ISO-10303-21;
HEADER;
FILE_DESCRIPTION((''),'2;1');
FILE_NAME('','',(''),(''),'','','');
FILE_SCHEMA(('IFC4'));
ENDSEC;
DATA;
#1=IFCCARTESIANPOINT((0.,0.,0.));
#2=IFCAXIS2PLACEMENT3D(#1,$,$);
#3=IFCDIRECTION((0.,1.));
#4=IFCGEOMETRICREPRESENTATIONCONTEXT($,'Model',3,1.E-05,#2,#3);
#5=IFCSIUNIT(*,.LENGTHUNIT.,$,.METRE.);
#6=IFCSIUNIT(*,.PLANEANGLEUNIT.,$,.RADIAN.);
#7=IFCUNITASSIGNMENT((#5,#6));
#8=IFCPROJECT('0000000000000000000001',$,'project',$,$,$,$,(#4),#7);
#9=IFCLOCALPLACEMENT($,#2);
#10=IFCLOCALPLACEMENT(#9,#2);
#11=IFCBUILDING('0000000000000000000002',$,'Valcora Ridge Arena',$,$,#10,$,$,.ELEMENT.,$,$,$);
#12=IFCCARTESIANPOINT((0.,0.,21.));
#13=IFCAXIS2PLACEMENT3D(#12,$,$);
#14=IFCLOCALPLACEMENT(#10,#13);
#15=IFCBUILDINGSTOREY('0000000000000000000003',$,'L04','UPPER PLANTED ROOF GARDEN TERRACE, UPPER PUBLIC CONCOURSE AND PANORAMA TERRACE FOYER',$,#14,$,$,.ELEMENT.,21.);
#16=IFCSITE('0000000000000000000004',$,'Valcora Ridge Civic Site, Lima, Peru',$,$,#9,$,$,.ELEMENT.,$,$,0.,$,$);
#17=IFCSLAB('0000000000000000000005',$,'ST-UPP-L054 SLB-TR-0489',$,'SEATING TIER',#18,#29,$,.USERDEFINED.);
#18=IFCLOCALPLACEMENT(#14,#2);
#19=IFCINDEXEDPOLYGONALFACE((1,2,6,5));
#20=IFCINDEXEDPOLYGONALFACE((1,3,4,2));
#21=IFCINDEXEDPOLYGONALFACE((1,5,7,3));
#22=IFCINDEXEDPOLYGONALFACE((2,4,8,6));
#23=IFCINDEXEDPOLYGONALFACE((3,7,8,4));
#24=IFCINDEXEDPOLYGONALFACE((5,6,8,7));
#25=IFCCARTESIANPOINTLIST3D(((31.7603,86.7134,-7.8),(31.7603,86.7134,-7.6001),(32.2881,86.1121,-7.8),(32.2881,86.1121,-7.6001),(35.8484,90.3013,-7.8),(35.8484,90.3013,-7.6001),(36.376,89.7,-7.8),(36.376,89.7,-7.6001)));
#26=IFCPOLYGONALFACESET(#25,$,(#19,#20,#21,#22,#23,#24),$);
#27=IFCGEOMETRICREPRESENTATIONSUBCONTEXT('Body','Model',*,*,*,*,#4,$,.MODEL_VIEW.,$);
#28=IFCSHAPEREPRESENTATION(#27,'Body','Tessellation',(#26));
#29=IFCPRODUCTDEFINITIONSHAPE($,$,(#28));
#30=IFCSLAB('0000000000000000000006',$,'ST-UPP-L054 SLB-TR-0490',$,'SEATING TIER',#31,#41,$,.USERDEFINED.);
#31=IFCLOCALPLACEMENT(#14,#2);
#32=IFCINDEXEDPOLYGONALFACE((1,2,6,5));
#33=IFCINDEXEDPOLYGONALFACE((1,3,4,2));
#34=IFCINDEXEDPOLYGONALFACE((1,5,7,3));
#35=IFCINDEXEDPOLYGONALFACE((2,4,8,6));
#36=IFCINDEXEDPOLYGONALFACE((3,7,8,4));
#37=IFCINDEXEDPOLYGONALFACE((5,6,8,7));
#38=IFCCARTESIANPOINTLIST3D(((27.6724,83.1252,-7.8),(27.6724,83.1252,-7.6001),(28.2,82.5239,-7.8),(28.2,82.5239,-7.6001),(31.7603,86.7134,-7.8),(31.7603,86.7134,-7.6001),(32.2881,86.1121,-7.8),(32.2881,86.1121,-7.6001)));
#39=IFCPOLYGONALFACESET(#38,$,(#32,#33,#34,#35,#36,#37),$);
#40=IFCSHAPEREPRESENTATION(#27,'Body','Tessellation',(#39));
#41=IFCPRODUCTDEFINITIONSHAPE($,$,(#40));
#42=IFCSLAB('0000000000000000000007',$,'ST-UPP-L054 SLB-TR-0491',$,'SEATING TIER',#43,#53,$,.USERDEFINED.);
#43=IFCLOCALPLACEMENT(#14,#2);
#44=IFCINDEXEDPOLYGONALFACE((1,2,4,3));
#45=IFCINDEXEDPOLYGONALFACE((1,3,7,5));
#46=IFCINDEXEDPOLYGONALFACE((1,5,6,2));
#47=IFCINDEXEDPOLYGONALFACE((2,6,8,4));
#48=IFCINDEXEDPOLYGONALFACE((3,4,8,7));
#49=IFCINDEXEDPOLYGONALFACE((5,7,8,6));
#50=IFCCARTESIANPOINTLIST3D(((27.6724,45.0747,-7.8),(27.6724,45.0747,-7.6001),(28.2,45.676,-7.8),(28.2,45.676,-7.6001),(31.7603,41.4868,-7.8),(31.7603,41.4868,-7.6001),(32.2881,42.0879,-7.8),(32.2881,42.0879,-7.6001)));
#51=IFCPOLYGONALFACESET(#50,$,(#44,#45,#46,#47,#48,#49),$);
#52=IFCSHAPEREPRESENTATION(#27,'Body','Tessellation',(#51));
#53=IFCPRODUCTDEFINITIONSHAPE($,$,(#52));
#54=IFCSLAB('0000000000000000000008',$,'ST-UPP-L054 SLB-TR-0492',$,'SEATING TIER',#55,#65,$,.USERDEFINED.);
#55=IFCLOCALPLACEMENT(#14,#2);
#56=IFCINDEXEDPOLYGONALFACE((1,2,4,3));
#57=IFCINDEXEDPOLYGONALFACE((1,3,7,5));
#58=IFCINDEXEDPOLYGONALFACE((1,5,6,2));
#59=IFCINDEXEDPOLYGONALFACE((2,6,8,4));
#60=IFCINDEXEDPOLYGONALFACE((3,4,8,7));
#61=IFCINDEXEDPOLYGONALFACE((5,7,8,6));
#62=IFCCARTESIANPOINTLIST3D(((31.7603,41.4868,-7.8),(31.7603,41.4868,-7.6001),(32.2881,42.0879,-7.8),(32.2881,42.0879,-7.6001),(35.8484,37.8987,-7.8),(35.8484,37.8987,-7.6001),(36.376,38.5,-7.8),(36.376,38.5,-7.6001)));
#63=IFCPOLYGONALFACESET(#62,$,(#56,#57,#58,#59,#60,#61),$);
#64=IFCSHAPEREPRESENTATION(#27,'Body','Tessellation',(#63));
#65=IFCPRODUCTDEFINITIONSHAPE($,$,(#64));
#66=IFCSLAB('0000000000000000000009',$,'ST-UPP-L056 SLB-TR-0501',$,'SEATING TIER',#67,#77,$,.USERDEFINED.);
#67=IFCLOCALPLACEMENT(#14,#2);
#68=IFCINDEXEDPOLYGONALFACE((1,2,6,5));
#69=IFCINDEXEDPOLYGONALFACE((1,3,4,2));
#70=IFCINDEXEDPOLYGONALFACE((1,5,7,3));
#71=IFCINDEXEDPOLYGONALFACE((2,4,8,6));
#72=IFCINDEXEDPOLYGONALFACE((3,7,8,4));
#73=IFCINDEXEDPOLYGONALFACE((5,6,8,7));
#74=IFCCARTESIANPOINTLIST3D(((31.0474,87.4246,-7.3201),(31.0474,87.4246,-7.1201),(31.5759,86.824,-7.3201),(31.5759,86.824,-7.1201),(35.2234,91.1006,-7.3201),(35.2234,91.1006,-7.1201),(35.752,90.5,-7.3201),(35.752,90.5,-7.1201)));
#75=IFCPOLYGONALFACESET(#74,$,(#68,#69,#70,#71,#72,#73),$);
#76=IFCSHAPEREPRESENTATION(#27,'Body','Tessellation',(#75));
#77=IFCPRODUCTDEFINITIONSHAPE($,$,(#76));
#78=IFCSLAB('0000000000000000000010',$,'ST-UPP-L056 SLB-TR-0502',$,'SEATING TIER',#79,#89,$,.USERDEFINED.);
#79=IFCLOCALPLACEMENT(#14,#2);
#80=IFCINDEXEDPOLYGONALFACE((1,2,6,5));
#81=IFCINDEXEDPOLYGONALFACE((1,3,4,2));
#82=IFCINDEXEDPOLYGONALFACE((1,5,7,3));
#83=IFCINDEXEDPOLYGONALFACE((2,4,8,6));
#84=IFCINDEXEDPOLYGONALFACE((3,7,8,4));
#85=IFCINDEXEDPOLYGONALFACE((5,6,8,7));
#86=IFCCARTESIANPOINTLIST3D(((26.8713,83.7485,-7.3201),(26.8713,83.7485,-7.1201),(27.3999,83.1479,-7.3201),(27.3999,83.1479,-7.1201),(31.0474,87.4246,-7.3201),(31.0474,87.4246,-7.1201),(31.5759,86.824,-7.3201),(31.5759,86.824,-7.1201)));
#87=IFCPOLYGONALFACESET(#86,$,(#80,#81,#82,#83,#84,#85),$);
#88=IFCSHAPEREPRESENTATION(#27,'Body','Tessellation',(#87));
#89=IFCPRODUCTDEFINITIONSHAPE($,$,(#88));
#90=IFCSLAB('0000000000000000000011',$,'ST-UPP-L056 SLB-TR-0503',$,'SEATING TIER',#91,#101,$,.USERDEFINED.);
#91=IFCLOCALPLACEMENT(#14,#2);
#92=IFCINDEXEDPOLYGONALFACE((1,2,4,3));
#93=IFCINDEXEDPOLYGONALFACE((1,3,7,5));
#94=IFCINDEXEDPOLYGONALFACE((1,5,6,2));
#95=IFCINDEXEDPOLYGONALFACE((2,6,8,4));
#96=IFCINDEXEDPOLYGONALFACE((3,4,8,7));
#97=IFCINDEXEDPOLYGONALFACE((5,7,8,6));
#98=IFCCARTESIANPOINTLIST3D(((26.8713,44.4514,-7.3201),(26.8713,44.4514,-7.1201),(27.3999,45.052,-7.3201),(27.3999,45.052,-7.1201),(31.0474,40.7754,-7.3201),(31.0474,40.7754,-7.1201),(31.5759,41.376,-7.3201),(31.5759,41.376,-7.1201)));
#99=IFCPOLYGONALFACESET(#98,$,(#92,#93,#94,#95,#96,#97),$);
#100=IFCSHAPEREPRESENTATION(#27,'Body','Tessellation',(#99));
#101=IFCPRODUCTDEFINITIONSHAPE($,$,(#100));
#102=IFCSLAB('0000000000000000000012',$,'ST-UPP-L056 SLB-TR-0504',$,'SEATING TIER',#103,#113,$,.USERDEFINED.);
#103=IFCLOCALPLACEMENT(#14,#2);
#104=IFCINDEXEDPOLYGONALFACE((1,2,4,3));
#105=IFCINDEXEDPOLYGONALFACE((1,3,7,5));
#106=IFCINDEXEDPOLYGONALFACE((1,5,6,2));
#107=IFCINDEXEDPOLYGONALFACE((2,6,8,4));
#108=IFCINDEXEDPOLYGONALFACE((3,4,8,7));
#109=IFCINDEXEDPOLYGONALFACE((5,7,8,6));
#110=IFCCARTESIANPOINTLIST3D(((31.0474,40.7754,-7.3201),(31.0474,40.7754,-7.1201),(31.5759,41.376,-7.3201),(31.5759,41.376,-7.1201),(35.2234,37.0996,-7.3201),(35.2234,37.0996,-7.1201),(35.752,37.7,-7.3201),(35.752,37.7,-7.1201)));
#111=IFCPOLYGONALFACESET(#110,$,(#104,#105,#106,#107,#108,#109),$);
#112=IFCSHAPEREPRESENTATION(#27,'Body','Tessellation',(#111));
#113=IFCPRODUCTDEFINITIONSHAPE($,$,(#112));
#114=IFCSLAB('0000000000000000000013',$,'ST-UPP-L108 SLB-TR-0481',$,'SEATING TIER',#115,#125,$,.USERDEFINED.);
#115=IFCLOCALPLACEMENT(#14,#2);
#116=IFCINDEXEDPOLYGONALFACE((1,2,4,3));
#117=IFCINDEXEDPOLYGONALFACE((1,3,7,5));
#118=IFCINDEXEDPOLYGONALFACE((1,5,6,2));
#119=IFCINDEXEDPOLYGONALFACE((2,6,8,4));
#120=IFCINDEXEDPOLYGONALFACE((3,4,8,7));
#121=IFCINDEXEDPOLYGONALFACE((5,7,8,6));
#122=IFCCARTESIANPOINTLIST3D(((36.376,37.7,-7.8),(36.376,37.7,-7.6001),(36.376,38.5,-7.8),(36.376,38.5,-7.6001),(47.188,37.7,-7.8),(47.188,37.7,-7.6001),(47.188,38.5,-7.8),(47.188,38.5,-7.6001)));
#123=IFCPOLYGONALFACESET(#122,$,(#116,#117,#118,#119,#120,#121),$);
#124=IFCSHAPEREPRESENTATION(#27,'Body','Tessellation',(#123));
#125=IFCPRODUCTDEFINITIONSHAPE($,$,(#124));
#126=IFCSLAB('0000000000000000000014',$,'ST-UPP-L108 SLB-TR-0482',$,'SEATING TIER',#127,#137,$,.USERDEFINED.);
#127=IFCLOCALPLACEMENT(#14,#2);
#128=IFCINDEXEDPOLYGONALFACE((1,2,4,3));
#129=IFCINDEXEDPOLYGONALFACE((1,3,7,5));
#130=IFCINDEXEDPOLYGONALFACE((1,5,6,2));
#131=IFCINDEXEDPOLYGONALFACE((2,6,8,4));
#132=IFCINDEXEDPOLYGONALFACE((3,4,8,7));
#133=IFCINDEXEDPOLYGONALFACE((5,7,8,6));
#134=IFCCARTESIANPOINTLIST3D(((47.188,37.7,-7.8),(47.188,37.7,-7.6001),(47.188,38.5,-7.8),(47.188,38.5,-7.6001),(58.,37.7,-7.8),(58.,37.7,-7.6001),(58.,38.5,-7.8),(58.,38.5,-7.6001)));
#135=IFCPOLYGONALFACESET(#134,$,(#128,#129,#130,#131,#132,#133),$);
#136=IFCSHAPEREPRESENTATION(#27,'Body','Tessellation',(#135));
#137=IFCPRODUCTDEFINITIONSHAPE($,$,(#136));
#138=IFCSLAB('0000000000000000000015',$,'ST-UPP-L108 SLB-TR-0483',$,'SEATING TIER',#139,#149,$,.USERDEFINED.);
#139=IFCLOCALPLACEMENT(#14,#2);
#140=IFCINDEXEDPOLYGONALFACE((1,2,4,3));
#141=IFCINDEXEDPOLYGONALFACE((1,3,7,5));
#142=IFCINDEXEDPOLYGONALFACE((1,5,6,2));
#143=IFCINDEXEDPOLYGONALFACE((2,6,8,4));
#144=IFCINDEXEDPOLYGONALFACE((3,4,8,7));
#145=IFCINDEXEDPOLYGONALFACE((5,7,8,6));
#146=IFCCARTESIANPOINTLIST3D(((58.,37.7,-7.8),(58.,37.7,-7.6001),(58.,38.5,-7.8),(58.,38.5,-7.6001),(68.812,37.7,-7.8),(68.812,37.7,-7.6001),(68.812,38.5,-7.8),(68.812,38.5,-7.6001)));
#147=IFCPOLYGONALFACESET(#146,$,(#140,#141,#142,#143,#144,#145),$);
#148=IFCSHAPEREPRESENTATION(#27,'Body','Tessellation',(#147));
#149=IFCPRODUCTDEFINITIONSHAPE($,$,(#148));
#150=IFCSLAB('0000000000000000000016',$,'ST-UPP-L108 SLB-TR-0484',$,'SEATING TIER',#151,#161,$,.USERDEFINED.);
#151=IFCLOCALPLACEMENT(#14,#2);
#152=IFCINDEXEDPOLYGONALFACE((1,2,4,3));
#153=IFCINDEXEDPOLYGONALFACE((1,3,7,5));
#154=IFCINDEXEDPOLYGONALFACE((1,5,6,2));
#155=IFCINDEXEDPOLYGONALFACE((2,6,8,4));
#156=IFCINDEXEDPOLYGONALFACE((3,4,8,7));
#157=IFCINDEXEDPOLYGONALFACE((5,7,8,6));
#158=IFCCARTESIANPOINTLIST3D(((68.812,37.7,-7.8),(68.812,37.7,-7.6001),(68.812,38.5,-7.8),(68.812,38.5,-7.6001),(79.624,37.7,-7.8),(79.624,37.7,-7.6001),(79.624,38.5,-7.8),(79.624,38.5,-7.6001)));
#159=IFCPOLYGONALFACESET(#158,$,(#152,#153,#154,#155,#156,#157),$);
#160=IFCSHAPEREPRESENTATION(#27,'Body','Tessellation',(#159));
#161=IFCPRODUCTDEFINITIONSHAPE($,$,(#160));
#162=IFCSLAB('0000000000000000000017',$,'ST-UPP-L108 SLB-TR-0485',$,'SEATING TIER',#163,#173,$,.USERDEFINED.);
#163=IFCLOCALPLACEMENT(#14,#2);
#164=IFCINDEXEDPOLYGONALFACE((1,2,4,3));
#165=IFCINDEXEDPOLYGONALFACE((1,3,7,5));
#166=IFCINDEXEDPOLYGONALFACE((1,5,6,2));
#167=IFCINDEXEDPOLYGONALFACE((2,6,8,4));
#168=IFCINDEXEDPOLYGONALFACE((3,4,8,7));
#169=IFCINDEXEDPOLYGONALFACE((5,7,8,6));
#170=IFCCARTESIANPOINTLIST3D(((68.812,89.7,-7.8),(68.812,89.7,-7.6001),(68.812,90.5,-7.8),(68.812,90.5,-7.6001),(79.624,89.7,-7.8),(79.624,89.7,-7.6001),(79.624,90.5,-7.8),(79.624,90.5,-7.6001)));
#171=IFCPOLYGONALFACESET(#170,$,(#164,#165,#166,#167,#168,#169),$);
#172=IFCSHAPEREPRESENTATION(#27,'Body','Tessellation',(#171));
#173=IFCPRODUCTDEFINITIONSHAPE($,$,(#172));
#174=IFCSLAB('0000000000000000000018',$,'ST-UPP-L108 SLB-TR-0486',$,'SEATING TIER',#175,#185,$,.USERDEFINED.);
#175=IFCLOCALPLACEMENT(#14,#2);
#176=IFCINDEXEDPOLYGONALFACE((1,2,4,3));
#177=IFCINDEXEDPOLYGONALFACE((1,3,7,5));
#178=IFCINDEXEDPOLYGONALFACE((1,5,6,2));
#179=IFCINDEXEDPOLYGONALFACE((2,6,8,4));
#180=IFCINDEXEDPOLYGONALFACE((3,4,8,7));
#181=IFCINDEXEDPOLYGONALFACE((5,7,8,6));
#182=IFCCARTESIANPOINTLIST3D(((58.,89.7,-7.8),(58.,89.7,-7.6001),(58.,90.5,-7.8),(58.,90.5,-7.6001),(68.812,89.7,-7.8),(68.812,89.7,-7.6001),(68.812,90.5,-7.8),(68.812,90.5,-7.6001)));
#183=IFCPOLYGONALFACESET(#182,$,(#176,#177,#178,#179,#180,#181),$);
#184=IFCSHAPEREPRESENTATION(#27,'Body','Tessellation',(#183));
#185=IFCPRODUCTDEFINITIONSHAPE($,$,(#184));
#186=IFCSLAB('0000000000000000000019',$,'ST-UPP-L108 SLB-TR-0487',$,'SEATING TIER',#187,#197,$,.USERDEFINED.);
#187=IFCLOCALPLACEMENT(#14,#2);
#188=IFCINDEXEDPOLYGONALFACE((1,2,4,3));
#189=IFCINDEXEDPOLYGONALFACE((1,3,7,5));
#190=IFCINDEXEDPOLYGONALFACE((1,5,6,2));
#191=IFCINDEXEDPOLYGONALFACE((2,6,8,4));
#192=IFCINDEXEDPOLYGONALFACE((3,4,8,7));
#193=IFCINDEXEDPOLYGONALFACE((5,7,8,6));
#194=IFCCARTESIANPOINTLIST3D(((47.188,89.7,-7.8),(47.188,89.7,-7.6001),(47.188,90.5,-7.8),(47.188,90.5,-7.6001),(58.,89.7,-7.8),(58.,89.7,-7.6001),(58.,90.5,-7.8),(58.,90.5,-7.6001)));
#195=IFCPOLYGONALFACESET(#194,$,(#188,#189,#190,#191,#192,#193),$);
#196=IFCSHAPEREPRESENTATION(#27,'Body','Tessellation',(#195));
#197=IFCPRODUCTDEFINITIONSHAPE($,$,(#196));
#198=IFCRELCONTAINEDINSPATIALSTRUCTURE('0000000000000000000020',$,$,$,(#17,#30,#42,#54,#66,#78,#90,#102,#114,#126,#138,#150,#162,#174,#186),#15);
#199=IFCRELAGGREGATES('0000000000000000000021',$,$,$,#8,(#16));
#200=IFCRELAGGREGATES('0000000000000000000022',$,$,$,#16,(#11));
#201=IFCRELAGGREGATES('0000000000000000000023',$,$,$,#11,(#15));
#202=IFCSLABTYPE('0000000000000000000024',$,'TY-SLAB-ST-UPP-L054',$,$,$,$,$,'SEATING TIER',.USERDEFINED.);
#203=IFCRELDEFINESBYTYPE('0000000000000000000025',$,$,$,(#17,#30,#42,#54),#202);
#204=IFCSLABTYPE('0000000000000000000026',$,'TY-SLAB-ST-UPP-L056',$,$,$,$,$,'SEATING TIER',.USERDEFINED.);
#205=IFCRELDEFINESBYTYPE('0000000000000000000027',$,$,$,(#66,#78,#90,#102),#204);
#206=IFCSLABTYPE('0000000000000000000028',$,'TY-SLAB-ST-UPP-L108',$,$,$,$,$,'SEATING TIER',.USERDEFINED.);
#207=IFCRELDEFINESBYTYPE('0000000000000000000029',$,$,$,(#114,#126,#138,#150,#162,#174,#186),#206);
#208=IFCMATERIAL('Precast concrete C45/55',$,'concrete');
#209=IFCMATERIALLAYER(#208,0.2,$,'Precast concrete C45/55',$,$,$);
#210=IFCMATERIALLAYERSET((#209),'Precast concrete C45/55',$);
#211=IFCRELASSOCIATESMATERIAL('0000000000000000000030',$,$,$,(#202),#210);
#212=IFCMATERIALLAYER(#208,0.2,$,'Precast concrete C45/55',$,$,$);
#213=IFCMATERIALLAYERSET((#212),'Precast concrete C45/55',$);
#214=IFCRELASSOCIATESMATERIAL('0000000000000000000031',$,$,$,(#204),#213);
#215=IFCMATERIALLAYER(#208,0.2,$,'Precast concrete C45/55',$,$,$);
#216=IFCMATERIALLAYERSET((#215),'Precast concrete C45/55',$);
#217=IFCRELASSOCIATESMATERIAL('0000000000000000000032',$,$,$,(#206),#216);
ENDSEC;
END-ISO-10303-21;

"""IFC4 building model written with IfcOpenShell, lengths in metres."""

from ifc_helpers import new_model, si_unit, direction, frame, origin, place, context, subcontext, project, spatial, polyline, outline, extrude, material, layer, layer_set, type_object, element, save


model = new_model("IFC4")

# Units and contexts
model_context = context("Model", 3, precision=1e-05, world=origin(), true_north=direction((0.0, 1.0)))
body_context = subcontext(model_context, "Body", "Model", "MODEL_VIEW")
ifc_project = project(units=[si_unit("LENGTHUNIT", "METRE"), si_unit("PLANEANGLEUNIT", "RADIAN")], contexts=[model_context])

# Site, building, storey
site_placement = place(None, origin())
site = spatial("IfcSite", under=ifc_project, at=site_placement, Name="Valcora Ridge Civic Site, Lima, Peru", CompositionType="ELEMENT", RefElevation=0.0)
building_placement = place(site_placement, origin())
building = spatial("IfcBuilding", under=site, at=building_placement, Name="Valcora Ridge Arena", CompositionType="ELEMENT")
storey_placement = place(building_placement, frame((0.0, 0.0, 21.0)))
storey = spatial("IfcBuildingStorey", under=building, at=storey_placement, Name="L04", Description="UPPER PLANTED ROOF GARDEN TERRACE, UPPER PUBLIC CONCOURSE AND PANORAMA TERRACE FOYER", CompositionType="ELEMENT", Elevation=21.0)

# Slabs
ifc_material = material(Name="Precast concrete C45/55", Category="concrete")
ifc_layer_1 = layer(ifc_material, 0.2, Name="Precast concrete C45/55")
ifc_layer_set_1 = layer_set([ifc_layer_1], Name="Precast concrete C45/55")
slab_type_1 = type_object("IfcSlabType", Name="TY-SLAB-ST-UPP-L054", ElementType="SEATING TIER", PredefinedType="USERDEFINED", material=ifc_layer_set_1)
slab_1_placement = place(storey_placement, frame((0.0, 0.0, -7.8)))
element("IfcSlab", 1, at=slab_1_placement, inside=storey, type_object=slab_type_1, Name="ST-UPP-L054 SLB-TR-0489", ObjectType="SEATING TIER", PredefinedType="USERDEFINED", context=body_context, shape_type="SweptSolid", body=[
    extrude(outline(polyline([(36.376, 89.7), (32.2881, 86.1121), (31.7603, 86.7134), (35.8484, 90.3013), (36.376, 89.7)])), origin(), (0.0, 0.0, 1.0), 0.2),
])
slab_2_placement = place(storey_placement, frame((0.0, 0.0, -7.8)))
element("IfcSlab", 2, at=slab_2_placement, inside=storey, type_object=slab_type_1, Name="ST-UPP-L054 SLB-TR-0490", ObjectType="SEATING TIER", PredefinedType="USERDEFINED", context=body_context, shape_type="SweptSolid", body=[
    extrude(outline(polyline([(32.2881, 86.1121), (28.2, 82.5239), (27.6724, 83.1252), (31.7603, 86.7134), (32.2881, 86.1121)])), origin(), (0.0, 0.0, 1.0), 0.2),
])
slab_3_placement = place(storey_placement, frame((0.0, 0.0, -7.8)))
element("IfcSlab", 3, at=slab_3_placement, inside=storey, type_object=slab_type_1, Name="ST-UPP-L054 SLB-TR-0491", ObjectType="SEATING TIER", PredefinedType="USERDEFINED", context=body_context, shape_type="SweptSolid", body=[
    extrude(outline(polyline([(28.2, 45.676), (32.2881, 42.0879), (31.7603, 41.4868), (27.6724, 45.0747), (28.2, 45.676)])), origin(), (0.0, 0.0, 1.0), 0.2),
])
slab_4_placement = place(storey_placement, frame((0.0, 0.0, -7.8)))
element("IfcSlab", 4, at=slab_4_placement, inside=storey, type_object=slab_type_1, Name="ST-UPP-L054 SLB-TR-0492", ObjectType="SEATING TIER", PredefinedType="USERDEFINED", context=body_context, shape_type="SweptSolid", body=[
    extrude(outline(polyline([(32.2881, 42.0879), (36.376, 38.5), (35.8484, 37.8987), (31.7603, 41.4868), (32.2881, 42.0879)])), origin(), (0.0, 0.0, 1.0), 0.2),
])
ifc_layer_2 = layer(ifc_material, 0.2, Name="Precast concrete C45/55")
ifc_layer_set_2 = layer_set([ifc_layer_2], Name="Precast concrete C45/55")
slab_type_2 = type_object("IfcSlabType", Name="TY-SLAB-ST-UPP-L056", ElementType="SEATING TIER", PredefinedType="USERDEFINED", material=ifc_layer_set_2)
slab_5_placement = place(storey_placement, frame((0.0, 0.0, -7.3201)))
element("IfcSlab", 5, at=slab_5_placement, inside=storey, type_object=slab_type_2, Name="ST-UPP-L056 SLB-TR-0501", ObjectType="SEATING TIER", PredefinedType="USERDEFINED", context=body_context, shape_type="SweptSolid", body=[
    extrude(outline(polyline([(35.752, 90.5), (31.5759, 86.824), (31.0474, 87.4246), (35.2234, 91.1006), (35.752, 90.5)])), origin(), (0.0, 0.0, 1.0), 0.2),
])
slab_6_placement = place(storey_placement, frame((0.0, 0.0, -7.3201)))
element("IfcSlab", 6, at=slab_6_placement, inside=storey, type_object=slab_type_2, Name="ST-UPP-L056 SLB-TR-0502", ObjectType="SEATING TIER", PredefinedType="USERDEFINED", context=body_context, shape_type="SweptSolid", body=[
    extrude(outline(polyline([(31.5759, 86.824), (27.3999, 83.1479), (26.8713, 83.7485), (31.0474, 87.4246), (31.5759, 86.824)])), origin(), (0.0, 0.0, 1.0), 0.2),
])
slab_7_placement = place(storey_placement, frame((0.0, 0.0, -7.3201)))
element("IfcSlab", 7, at=slab_7_placement, inside=storey, type_object=slab_type_2, Name="ST-UPP-L056 SLB-TR-0503", ObjectType="SEATING TIER", PredefinedType="USERDEFINED", context=body_context, shape_type="SweptSolid", body=[
    extrude(outline(polyline([(27.3999, 45.052), (31.5759, 41.376), (31.0474, 40.7754), (26.8713, 44.4514), (27.3999, 45.052)])), origin(), (0.0, 0.0, 1.0), 0.2),
])
slab_8_placement = place(storey_placement, frame((0.0, 0.0, -7.3201)))
element("IfcSlab", 8, at=slab_8_placement, inside=storey, type_object=slab_type_2, Name="ST-UPP-L056 SLB-TR-0504", ObjectType="SEATING TIER", PredefinedType="USERDEFINED", context=body_context, shape_type="SweptSolid", body=[
    extrude(outline(polyline([(31.5759, 41.376), (35.752, 37.7), (35.2234, 37.0996), (31.0474, 40.7754), (31.5759, 41.376)])), origin(), (0.0, 0.0, 1.0), 0.2),
])
ifc_layer_3 = layer(ifc_material, 0.2, Name="Precast concrete C45/55")
ifc_layer_set_3 = layer_set([ifc_layer_3], Name="Precast concrete C45/55")
slab_type_3 = type_object("IfcSlabType", Name="TY-SLAB-ST-UPP-L108", ElementType="SEATING TIER", PredefinedType="USERDEFINED", material=ifc_layer_set_3)
slab_9_placement = place(storey_placement, frame((0.0, 0.0, -7.8)))
element("IfcSlab", 9, at=slab_9_placement, inside=storey, type_object=slab_type_3, Name="ST-UPP-L108 SLB-TR-0481", ObjectType="SEATING TIER", PredefinedType="USERDEFINED", context=body_context, shape_type="SweptSolid", body=[
    extrude(outline(polyline([(36.376, 38.5), (47.188, 38.5), (47.188, 37.7), (36.376, 37.7), (36.376, 38.5)])), origin(), (0.0, 0.0, 1.0), 0.2),
])
slab_10_placement = place(storey_placement, frame((0.0, 0.0, -7.8)))
element("IfcSlab", 10, at=slab_10_placement, inside=storey, type_object=slab_type_3, Name="ST-UPP-L108 SLB-TR-0482", ObjectType="SEATING TIER", PredefinedType="USERDEFINED", context=body_context, shape_type="SweptSolid", body=[
    extrude(outline(polyline([(47.188, 38.5), (58.0, 38.5), (58.0, 37.7), (47.188, 37.7), (47.188, 38.5)])), origin(), (0.0, 0.0, 1.0), 0.2),
])
slab_11_placement = place(storey_placement, frame((0.0, 0.0, -7.8)))
element("IfcSlab", 11, at=slab_11_placement, inside=storey, type_object=slab_type_3, Name="ST-UPP-L108 SLB-TR-0483", ObjectType="SEATING TIER", PredefinedType="USERDEFINED", context=body_context, shape_type="SweptSolid", body=[
    extrude(outline(polyline([(58.0, 38.5), (68.812, 38.5), (68.812, 37.7), (58.0, 37.7), (58.0, 38.5)])), origin(), (0.0, 0.0, 1.0), 0.2),
])
slab_12_placement = place(storey_placement, frame((0.0, 0.0, -7.8)))
element("IfcSlab", 12, at=slab_12_placement, inside=storey, type_object=slab_type_3, Name="ST-UPP-L108 SLB-TR-0484", ObjectType="SEATING TIER", PredefinedType="USERDEFINED", context=body_context, shape_type="SweptSolid", body=[
    extrude(outline(polyline([(68.812, 38.5), (79.624, 38.5), (79.624, 37.7), (68.812, 37.7), (68.812, 38.5)])), origin(), (0.0, 0.0, 1.0), 0.2),
])
slab_13_placement = place(storey_placement, frame((0.0, 0.0, -7.8)))
element("IfcSlab", 13, at=slab_13_placement, inside=storey, type_object=slab_type_3, Name="ST-UPP-L108 SLB-TR-0485", ObjectType="SEATING TIER", PredefinedType="USERDEFINED", context=body_context, shape_type="SweptSolid", body=[
    extrude(outline(polyline([(79.624, 89.7), (68.812, 89.7), (68.812, 90.5), (79.624, 90.5), (79.624, 89.7)])), origin(), (0.0, 0.0, 1.0), 0.2),
])
slab_14_placement = place(storey_placement, frame((0.0, 0.0, -7.8)))
element("IfcSlab", 14, at=slab_14_placement, inside=storey, type_object=slab_type_3, Name="ST-UPP-L108 SLB-TR-0486", ObjectType="SEATING TIER", PredefinedType="USERDEFINED", context=body_context, shape_type="SweptSolid", body=[
    extrude(outline(polyline([(68.812, 89.7), (58.0, 89.7), (58.0, 90.5), (68.812, 90.5), (68.812, 89.7)])), origin(), (0.0, 0.0, 1.0), 0.2),
])
slab_15_placement = place(storey_placement, frame((0.0, 0.0, -7.8)))
element("IfcSlab", 15, at=slab_15_placement, inside=storey, type_object=slab_type_3, Name="ST-UPP-L108 SLB-TR-0487", ObjectType="SEATING TIER", PredefinedType="USERDEFINED", context=body_context, shape_type="SweptSolid", body=[
    extrude(outline(polyline([(58.0, 89.7), (47.188, 89.7), (47.188, 90.5), (58.0, 90.5), (58.0, 89.7)])), origin(), (0.0, 0.0, 1.0), 0.2),
])

save(model, "model.ifc")
